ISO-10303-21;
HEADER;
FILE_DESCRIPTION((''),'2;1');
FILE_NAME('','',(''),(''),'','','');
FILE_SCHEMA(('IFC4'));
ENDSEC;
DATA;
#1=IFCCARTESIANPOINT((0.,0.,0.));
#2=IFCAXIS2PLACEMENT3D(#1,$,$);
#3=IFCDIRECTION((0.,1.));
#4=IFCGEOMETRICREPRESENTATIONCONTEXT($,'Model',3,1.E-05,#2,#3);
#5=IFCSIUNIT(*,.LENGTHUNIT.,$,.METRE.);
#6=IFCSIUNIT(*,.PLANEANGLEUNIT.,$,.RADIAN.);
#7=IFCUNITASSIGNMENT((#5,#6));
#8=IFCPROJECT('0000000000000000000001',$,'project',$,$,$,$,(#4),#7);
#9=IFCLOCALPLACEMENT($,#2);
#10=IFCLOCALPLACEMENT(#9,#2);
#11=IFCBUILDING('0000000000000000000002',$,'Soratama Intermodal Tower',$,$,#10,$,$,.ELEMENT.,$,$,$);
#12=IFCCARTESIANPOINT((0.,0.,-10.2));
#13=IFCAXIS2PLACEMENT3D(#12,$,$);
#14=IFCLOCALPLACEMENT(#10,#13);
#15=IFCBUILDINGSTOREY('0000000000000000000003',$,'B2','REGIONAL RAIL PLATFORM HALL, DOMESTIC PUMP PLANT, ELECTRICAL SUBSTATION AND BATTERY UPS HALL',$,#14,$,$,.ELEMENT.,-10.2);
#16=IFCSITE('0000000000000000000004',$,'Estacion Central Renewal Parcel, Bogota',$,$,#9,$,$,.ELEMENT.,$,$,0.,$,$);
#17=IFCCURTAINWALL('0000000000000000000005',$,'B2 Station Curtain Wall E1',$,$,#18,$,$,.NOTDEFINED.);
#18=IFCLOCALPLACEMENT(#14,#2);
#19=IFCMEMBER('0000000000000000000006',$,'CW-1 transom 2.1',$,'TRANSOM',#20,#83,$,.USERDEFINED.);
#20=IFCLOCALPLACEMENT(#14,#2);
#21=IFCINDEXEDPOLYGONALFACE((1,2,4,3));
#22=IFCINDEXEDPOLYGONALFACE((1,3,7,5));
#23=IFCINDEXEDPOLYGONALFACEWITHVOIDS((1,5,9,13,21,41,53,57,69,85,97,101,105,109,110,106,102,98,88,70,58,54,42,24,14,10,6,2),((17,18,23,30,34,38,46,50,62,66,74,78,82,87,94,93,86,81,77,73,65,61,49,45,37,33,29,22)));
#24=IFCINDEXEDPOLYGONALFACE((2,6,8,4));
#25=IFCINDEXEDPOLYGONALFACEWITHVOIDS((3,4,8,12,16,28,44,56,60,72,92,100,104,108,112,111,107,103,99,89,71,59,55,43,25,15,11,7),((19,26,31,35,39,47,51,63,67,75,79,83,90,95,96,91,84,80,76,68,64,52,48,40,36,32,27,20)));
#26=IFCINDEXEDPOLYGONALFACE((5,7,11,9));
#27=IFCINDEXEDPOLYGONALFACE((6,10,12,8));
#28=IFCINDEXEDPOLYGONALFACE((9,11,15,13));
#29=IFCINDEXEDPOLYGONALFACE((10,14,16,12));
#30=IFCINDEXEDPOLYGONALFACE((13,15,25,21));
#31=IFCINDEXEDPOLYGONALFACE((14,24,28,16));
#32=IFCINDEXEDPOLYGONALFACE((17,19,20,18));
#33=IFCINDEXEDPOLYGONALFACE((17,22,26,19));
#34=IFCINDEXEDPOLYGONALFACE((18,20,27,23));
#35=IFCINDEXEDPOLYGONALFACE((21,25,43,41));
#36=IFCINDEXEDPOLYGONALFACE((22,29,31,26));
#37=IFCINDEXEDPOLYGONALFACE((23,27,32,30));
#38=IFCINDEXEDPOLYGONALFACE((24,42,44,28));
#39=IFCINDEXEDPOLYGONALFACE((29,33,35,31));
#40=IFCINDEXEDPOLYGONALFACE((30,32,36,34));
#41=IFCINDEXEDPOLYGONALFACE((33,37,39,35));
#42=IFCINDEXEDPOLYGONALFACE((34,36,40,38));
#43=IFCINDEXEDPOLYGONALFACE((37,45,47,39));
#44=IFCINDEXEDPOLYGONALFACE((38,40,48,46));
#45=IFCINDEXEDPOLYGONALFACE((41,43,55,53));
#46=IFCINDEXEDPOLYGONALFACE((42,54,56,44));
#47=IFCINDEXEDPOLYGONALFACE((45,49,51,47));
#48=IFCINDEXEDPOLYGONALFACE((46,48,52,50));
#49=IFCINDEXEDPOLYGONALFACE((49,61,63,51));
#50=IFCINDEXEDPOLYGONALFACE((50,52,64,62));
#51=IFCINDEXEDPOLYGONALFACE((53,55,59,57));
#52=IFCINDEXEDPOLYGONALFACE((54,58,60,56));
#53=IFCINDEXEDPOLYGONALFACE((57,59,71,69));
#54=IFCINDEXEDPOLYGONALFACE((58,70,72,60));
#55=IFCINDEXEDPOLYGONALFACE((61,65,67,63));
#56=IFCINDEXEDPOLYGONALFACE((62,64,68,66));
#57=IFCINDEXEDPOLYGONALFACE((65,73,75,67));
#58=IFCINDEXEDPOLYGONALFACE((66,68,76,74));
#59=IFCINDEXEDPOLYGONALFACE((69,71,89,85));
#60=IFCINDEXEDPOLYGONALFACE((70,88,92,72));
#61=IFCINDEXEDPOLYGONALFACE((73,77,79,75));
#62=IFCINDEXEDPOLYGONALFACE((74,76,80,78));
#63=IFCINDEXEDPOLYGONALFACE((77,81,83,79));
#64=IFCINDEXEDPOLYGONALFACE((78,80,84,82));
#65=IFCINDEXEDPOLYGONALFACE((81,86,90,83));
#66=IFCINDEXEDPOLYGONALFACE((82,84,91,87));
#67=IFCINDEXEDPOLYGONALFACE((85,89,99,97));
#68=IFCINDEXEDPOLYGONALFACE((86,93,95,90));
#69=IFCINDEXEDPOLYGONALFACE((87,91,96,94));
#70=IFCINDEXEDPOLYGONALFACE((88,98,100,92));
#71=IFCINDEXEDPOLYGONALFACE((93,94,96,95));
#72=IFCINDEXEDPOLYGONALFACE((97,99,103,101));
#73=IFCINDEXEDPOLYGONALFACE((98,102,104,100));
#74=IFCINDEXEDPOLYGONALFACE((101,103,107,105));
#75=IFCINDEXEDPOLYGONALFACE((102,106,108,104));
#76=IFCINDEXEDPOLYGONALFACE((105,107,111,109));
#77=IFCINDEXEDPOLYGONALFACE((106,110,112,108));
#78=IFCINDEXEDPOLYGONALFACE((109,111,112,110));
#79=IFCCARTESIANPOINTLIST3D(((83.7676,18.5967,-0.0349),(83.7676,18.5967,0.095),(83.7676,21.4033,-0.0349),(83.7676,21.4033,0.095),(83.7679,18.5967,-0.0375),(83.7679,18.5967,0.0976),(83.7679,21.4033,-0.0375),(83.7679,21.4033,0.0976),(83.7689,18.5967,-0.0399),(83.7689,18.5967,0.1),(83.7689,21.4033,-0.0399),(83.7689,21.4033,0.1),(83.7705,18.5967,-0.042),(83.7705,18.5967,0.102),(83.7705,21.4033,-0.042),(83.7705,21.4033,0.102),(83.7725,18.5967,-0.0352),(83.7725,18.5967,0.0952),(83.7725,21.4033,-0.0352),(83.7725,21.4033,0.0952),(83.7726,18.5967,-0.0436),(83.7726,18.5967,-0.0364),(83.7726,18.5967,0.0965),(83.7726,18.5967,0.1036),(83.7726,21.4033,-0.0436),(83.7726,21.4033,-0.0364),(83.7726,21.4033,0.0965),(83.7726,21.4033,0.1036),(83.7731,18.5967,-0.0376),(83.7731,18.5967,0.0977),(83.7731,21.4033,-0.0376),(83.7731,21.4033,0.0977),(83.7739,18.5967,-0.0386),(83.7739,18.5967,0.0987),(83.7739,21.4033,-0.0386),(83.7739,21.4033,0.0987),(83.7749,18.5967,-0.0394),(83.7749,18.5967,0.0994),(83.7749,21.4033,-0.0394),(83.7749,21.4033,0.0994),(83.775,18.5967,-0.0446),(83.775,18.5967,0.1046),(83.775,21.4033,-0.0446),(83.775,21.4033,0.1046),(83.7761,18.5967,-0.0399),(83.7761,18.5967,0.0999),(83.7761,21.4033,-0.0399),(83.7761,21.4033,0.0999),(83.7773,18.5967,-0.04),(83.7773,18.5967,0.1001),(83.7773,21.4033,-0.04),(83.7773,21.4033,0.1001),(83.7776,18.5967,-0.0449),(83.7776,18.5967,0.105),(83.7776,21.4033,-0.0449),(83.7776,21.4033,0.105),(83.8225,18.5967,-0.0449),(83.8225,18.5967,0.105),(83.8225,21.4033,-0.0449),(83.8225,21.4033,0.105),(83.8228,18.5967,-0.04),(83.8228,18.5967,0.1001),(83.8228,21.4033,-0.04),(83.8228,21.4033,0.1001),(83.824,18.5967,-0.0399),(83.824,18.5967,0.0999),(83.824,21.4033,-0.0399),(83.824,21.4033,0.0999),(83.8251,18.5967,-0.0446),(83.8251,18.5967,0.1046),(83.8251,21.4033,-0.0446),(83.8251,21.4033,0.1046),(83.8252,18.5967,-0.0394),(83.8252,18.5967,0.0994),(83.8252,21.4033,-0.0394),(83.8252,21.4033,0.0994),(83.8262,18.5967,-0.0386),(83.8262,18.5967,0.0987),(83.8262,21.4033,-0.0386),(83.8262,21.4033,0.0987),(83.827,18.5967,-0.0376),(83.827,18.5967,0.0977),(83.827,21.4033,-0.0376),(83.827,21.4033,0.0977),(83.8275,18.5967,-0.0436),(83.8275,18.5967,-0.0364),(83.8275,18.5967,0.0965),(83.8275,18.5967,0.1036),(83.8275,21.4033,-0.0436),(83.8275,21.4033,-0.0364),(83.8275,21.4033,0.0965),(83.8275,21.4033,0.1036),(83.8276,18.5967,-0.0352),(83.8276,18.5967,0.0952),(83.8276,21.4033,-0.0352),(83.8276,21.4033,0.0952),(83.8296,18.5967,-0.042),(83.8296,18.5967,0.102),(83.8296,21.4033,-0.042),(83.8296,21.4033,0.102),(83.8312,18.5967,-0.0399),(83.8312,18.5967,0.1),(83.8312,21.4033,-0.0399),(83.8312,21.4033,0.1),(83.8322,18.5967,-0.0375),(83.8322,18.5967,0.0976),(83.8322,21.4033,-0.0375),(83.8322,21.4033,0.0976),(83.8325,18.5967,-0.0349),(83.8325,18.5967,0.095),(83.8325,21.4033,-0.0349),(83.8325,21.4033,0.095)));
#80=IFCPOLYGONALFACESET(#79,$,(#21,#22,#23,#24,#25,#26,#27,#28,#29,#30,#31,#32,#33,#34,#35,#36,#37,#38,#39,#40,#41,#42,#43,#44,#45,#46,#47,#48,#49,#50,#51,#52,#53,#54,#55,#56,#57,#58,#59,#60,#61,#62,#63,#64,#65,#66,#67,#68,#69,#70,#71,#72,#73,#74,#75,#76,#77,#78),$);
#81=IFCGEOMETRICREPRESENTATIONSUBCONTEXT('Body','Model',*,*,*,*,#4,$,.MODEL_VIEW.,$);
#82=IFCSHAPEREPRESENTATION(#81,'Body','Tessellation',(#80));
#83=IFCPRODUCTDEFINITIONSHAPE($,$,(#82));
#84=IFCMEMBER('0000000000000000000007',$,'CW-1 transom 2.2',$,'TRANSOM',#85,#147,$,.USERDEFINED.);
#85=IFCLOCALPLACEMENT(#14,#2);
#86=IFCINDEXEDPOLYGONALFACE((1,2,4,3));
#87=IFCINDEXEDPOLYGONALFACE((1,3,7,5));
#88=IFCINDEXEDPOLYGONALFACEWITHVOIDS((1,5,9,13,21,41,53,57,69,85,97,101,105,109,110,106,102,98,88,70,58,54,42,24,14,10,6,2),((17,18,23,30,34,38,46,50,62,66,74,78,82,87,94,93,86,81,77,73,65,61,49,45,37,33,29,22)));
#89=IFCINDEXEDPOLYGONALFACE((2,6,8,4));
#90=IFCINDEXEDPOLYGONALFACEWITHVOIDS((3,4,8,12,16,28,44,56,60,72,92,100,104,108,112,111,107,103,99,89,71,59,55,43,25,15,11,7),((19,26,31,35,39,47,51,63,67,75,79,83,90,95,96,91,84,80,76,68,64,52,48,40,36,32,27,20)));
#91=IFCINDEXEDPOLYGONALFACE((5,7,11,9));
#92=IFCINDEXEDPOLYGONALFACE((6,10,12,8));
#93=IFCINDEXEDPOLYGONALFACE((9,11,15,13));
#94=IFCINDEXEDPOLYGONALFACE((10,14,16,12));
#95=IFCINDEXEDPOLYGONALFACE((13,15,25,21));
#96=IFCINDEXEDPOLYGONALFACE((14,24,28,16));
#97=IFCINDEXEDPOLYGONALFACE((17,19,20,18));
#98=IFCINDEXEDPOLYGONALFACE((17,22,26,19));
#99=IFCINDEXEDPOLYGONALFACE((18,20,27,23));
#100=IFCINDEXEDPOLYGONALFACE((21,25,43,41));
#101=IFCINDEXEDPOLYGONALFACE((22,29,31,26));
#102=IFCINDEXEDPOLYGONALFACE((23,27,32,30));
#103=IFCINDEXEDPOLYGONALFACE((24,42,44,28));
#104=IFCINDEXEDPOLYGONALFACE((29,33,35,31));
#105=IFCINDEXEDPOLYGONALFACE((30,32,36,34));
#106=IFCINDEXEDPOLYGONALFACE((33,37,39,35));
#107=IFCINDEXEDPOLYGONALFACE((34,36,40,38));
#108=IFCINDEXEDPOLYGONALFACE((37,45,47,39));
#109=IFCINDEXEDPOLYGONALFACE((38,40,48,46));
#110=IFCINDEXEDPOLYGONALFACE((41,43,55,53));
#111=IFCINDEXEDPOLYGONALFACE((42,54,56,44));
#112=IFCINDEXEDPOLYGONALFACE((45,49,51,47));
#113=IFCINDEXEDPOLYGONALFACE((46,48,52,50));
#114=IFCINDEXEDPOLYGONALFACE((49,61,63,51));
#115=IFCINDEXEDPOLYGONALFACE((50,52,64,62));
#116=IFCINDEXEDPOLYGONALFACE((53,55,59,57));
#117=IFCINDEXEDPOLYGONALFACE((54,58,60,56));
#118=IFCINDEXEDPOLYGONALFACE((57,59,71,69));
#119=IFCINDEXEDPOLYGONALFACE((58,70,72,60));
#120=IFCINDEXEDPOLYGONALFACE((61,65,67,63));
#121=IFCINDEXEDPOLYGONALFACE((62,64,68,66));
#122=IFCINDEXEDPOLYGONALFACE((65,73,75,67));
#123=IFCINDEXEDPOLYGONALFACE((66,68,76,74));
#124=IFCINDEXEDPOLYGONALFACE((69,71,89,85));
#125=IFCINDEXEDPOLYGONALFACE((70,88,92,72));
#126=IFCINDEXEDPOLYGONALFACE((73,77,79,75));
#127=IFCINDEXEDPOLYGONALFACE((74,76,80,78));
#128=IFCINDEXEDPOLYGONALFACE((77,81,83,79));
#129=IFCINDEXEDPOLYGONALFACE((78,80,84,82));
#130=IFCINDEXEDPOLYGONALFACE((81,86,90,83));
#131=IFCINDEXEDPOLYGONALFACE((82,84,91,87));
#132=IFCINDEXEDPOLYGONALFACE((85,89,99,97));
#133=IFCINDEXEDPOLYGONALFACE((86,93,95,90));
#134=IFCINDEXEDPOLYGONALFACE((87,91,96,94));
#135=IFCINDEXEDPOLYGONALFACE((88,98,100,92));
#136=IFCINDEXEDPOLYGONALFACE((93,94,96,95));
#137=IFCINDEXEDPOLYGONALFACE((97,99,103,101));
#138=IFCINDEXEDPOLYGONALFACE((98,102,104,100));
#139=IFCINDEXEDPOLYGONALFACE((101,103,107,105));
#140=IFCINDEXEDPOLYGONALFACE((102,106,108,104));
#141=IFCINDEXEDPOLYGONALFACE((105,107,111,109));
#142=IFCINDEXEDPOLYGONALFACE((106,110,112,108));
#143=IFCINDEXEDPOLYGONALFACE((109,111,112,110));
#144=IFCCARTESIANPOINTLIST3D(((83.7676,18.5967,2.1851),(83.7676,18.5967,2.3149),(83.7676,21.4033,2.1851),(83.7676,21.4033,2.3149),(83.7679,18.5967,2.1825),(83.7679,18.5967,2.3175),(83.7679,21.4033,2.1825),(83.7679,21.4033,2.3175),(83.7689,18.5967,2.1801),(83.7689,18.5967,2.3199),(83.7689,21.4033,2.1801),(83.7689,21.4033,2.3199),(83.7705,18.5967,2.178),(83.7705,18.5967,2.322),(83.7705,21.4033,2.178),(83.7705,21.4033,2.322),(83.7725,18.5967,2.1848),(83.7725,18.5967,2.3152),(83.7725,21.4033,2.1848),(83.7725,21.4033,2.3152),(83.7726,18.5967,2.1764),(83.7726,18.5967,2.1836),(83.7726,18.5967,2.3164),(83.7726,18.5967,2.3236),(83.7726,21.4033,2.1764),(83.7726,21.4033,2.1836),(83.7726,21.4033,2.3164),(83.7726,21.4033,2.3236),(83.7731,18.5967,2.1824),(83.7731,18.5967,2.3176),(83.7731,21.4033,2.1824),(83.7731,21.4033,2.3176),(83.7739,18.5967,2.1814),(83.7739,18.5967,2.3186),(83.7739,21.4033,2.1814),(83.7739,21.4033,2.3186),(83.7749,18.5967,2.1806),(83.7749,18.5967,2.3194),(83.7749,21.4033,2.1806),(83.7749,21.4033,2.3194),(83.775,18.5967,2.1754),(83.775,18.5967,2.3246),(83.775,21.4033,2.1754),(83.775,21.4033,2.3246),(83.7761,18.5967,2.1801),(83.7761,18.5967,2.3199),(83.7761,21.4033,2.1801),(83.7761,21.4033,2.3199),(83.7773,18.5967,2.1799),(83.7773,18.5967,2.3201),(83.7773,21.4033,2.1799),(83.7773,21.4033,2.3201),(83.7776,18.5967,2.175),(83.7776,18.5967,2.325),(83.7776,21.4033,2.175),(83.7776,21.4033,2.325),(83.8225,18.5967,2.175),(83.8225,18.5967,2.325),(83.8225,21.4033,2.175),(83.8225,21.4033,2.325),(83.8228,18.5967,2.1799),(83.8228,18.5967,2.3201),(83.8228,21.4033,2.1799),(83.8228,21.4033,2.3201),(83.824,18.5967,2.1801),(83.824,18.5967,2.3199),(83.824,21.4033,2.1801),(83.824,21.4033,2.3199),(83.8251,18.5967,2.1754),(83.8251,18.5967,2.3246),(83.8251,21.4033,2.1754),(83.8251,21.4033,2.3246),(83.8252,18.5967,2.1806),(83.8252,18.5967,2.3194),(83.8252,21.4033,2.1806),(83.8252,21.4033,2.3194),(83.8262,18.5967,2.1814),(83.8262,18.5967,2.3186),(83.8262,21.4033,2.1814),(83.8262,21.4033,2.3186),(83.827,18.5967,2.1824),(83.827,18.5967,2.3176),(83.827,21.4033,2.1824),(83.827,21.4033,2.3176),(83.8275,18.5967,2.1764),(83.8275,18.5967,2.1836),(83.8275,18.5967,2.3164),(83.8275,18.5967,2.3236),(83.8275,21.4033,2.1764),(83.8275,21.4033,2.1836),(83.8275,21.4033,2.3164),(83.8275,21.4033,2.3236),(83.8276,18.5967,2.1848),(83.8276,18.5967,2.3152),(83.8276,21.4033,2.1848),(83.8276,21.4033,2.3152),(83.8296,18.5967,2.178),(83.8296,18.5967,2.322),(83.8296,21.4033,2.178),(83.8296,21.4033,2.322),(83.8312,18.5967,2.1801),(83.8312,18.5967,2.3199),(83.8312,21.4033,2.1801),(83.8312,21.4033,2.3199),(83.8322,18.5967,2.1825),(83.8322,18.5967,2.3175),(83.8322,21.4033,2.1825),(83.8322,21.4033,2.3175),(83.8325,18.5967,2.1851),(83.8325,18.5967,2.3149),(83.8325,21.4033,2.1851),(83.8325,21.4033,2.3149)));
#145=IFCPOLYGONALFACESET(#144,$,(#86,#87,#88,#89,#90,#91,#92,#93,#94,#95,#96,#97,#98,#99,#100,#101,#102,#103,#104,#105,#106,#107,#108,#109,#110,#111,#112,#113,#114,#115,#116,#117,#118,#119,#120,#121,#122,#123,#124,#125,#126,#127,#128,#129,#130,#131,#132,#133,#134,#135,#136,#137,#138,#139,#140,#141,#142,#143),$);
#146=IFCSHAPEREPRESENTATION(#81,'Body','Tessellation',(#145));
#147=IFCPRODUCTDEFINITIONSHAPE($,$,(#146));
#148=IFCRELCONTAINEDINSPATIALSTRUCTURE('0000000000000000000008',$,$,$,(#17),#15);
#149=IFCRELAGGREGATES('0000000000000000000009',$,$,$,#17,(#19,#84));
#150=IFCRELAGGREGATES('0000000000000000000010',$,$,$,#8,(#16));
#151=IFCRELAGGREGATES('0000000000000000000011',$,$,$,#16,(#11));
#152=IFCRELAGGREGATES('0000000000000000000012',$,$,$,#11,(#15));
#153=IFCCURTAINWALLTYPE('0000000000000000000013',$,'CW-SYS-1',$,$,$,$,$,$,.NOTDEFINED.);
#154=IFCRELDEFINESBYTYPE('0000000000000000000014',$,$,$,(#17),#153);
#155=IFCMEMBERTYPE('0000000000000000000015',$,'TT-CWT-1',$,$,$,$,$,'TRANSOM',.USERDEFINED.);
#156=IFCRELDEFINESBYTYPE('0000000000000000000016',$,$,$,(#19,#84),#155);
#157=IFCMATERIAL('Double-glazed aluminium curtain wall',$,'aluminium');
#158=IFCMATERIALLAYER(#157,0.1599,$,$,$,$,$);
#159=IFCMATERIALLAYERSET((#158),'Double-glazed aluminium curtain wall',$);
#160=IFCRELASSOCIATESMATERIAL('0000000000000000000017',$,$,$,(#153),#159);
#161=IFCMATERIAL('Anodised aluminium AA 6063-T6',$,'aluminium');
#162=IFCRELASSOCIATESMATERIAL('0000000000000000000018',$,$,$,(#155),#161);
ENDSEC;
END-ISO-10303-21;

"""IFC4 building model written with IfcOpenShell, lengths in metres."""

from ifc_helpers import new_model, si_unit, direction, frame, origin, origin_2d, place, context, subcontext, project, spatial, hollow_rectangle, extrude, material, layer, layer_set, material_profile, profile_set, type_object, element, aggregate, save


model = new_model("IFC4")

# Units and contexts
model_context = context("Model", 3, precision=1e-05, world=origin(), true_north=direction((0.0, 1.0)))
body_context = subcontext(model_context, "Body", "Model", "MODEL_VIEW")
ifc_project = project(units=[si_unit("LENGTHUNIT", "METRE"), si_unit("PLANEANGLEUNIT", "RADIAN")], contexts=[model_context])

# Site, building, storey
site_placement = place(None, origin())
site = spatial("IfcSite", under=ifc_project, at=site_placement, Name="Estacion Central Renewal Parcel, Bogota", CompositionType="ELEMENT", RefElevation=0.0)
building_placement = place(site_placement, origin())
building = spatial("IfcBuilding", under=site, at=building_placement, Name="Soratama Intermodal Tower", CompositionType="ELEMENT")
storey_placement = place(building_placement, frame((0.0, 0.0, -10.2)))
storey = spatial("IfcBuildingStorey", under=building, at=storey_placement, Name="B2", Description="REGIONAL RAIL PLATFORM HALL, DOMESTIC PUMP PLANT, ELECTRICAL SUBSTATION AND BATTERY UPS HALL", CompositionType="ELEMENT", Elevation=-10.2)

# Curtain wall, members
ifc_material_1 = material(Name="Double-glazed aluminium curtain wall", Category="aluminium")
ifc_layer_1 = layer(ifc_material_1, 0.1599)
ifc_layer_set_1 = layer_set([ifc_layer_1], Name="Double-glazed aluminium curtain wall")
curtain_wall_type = type_object("IfcCurtainWallType", Name="CW-SYS-1", PredefinedType="NOTDEFINED", material=ifc_layer_set_1)
curtain_wall_placement = place(storey_placement, origin())
curtain_wall = element("IfcCurtainWall", 1, at=curtain_wall_placement, inside=storey, type_object=curtain_wall_type, Name="B2 Station Curtain Wall E1", PredefinedType="NOTDEFINED")
ifc_material_2 = material(Name="Anodised aluminium AA 6063-T6", Category="aluminium")
ifc_material_profile_1 = material_profile(ifc_material_2, hollow_rectangle(XDim=0.0649, YDim=0.1499, WallThickness=0.0049, InnerFilletRadius=0.0049, OuterFilletRadius=0.01, at=origin_2d()), Name="CWT150X65X5")
ifc_profile_set_1 = profile_set([ifc_material_profile_1], Name="Anodised aluminium AA 6063-T6")
member_type_1 = type_object("IfcMemberType", Name="TT-CWT-1", ElementType="TRANSOM", PredefinedType="USERDEFINED", material=ifc_profile_set_1)
member_1_placement = place(storey_placement, frame((83.8, 18.5967, 0.03), z_axis=(0.0, 1.0, 0.0), x_axis=(-1.0, 0.0, 0.0)))
member_1 = element("IfcMember", 2, at=member_1_placement, type_object=member_type_1, Name="CW-1 transom 2.1", ObjectType="TRANSOM", PredefinedType="USERDEFINED", context=body_context, shape_type="SweptSolid", body=[
    extrude(hollow_rectangle(XDim=0.0649, YDim=0.1499, WallThickness=0.0049, InnerFilletRadius=0.0049, OuterFilletRadius=0.01, at=origin_2d()), origin(), (0.0, 0.0, 1.0), 2.8066),
])
member_2_placement = place(storey_placement, frame((83.8, 18.5967, 2.25), z_axis=(0.0, 1.0, 0.0), x_axis=(-1.0, 0.0, 0.0)))
member_2 = element("IfcMember", 3, at=member_2_placement, type_object=member_type_1, Name="CW-1 transom 2.2", ObjectType="TRANSOM", PredefinedType="USERDEFINED", context=body_context, shape_type="SweptSolid", body=[
    extrude(hollow_rectangle(XDim=0.0649, YDim=0.1499, WallThickness=0.0049, InnerFilletRadius=0.0049, OuterFilletRadius=0.01, at=origin_2d()), origin(), (0.0, 0.0, 1.0), 2.8066),
])
aggregate(curtain_wall, [member_1, member_2])

save(model, "model.ifc")
